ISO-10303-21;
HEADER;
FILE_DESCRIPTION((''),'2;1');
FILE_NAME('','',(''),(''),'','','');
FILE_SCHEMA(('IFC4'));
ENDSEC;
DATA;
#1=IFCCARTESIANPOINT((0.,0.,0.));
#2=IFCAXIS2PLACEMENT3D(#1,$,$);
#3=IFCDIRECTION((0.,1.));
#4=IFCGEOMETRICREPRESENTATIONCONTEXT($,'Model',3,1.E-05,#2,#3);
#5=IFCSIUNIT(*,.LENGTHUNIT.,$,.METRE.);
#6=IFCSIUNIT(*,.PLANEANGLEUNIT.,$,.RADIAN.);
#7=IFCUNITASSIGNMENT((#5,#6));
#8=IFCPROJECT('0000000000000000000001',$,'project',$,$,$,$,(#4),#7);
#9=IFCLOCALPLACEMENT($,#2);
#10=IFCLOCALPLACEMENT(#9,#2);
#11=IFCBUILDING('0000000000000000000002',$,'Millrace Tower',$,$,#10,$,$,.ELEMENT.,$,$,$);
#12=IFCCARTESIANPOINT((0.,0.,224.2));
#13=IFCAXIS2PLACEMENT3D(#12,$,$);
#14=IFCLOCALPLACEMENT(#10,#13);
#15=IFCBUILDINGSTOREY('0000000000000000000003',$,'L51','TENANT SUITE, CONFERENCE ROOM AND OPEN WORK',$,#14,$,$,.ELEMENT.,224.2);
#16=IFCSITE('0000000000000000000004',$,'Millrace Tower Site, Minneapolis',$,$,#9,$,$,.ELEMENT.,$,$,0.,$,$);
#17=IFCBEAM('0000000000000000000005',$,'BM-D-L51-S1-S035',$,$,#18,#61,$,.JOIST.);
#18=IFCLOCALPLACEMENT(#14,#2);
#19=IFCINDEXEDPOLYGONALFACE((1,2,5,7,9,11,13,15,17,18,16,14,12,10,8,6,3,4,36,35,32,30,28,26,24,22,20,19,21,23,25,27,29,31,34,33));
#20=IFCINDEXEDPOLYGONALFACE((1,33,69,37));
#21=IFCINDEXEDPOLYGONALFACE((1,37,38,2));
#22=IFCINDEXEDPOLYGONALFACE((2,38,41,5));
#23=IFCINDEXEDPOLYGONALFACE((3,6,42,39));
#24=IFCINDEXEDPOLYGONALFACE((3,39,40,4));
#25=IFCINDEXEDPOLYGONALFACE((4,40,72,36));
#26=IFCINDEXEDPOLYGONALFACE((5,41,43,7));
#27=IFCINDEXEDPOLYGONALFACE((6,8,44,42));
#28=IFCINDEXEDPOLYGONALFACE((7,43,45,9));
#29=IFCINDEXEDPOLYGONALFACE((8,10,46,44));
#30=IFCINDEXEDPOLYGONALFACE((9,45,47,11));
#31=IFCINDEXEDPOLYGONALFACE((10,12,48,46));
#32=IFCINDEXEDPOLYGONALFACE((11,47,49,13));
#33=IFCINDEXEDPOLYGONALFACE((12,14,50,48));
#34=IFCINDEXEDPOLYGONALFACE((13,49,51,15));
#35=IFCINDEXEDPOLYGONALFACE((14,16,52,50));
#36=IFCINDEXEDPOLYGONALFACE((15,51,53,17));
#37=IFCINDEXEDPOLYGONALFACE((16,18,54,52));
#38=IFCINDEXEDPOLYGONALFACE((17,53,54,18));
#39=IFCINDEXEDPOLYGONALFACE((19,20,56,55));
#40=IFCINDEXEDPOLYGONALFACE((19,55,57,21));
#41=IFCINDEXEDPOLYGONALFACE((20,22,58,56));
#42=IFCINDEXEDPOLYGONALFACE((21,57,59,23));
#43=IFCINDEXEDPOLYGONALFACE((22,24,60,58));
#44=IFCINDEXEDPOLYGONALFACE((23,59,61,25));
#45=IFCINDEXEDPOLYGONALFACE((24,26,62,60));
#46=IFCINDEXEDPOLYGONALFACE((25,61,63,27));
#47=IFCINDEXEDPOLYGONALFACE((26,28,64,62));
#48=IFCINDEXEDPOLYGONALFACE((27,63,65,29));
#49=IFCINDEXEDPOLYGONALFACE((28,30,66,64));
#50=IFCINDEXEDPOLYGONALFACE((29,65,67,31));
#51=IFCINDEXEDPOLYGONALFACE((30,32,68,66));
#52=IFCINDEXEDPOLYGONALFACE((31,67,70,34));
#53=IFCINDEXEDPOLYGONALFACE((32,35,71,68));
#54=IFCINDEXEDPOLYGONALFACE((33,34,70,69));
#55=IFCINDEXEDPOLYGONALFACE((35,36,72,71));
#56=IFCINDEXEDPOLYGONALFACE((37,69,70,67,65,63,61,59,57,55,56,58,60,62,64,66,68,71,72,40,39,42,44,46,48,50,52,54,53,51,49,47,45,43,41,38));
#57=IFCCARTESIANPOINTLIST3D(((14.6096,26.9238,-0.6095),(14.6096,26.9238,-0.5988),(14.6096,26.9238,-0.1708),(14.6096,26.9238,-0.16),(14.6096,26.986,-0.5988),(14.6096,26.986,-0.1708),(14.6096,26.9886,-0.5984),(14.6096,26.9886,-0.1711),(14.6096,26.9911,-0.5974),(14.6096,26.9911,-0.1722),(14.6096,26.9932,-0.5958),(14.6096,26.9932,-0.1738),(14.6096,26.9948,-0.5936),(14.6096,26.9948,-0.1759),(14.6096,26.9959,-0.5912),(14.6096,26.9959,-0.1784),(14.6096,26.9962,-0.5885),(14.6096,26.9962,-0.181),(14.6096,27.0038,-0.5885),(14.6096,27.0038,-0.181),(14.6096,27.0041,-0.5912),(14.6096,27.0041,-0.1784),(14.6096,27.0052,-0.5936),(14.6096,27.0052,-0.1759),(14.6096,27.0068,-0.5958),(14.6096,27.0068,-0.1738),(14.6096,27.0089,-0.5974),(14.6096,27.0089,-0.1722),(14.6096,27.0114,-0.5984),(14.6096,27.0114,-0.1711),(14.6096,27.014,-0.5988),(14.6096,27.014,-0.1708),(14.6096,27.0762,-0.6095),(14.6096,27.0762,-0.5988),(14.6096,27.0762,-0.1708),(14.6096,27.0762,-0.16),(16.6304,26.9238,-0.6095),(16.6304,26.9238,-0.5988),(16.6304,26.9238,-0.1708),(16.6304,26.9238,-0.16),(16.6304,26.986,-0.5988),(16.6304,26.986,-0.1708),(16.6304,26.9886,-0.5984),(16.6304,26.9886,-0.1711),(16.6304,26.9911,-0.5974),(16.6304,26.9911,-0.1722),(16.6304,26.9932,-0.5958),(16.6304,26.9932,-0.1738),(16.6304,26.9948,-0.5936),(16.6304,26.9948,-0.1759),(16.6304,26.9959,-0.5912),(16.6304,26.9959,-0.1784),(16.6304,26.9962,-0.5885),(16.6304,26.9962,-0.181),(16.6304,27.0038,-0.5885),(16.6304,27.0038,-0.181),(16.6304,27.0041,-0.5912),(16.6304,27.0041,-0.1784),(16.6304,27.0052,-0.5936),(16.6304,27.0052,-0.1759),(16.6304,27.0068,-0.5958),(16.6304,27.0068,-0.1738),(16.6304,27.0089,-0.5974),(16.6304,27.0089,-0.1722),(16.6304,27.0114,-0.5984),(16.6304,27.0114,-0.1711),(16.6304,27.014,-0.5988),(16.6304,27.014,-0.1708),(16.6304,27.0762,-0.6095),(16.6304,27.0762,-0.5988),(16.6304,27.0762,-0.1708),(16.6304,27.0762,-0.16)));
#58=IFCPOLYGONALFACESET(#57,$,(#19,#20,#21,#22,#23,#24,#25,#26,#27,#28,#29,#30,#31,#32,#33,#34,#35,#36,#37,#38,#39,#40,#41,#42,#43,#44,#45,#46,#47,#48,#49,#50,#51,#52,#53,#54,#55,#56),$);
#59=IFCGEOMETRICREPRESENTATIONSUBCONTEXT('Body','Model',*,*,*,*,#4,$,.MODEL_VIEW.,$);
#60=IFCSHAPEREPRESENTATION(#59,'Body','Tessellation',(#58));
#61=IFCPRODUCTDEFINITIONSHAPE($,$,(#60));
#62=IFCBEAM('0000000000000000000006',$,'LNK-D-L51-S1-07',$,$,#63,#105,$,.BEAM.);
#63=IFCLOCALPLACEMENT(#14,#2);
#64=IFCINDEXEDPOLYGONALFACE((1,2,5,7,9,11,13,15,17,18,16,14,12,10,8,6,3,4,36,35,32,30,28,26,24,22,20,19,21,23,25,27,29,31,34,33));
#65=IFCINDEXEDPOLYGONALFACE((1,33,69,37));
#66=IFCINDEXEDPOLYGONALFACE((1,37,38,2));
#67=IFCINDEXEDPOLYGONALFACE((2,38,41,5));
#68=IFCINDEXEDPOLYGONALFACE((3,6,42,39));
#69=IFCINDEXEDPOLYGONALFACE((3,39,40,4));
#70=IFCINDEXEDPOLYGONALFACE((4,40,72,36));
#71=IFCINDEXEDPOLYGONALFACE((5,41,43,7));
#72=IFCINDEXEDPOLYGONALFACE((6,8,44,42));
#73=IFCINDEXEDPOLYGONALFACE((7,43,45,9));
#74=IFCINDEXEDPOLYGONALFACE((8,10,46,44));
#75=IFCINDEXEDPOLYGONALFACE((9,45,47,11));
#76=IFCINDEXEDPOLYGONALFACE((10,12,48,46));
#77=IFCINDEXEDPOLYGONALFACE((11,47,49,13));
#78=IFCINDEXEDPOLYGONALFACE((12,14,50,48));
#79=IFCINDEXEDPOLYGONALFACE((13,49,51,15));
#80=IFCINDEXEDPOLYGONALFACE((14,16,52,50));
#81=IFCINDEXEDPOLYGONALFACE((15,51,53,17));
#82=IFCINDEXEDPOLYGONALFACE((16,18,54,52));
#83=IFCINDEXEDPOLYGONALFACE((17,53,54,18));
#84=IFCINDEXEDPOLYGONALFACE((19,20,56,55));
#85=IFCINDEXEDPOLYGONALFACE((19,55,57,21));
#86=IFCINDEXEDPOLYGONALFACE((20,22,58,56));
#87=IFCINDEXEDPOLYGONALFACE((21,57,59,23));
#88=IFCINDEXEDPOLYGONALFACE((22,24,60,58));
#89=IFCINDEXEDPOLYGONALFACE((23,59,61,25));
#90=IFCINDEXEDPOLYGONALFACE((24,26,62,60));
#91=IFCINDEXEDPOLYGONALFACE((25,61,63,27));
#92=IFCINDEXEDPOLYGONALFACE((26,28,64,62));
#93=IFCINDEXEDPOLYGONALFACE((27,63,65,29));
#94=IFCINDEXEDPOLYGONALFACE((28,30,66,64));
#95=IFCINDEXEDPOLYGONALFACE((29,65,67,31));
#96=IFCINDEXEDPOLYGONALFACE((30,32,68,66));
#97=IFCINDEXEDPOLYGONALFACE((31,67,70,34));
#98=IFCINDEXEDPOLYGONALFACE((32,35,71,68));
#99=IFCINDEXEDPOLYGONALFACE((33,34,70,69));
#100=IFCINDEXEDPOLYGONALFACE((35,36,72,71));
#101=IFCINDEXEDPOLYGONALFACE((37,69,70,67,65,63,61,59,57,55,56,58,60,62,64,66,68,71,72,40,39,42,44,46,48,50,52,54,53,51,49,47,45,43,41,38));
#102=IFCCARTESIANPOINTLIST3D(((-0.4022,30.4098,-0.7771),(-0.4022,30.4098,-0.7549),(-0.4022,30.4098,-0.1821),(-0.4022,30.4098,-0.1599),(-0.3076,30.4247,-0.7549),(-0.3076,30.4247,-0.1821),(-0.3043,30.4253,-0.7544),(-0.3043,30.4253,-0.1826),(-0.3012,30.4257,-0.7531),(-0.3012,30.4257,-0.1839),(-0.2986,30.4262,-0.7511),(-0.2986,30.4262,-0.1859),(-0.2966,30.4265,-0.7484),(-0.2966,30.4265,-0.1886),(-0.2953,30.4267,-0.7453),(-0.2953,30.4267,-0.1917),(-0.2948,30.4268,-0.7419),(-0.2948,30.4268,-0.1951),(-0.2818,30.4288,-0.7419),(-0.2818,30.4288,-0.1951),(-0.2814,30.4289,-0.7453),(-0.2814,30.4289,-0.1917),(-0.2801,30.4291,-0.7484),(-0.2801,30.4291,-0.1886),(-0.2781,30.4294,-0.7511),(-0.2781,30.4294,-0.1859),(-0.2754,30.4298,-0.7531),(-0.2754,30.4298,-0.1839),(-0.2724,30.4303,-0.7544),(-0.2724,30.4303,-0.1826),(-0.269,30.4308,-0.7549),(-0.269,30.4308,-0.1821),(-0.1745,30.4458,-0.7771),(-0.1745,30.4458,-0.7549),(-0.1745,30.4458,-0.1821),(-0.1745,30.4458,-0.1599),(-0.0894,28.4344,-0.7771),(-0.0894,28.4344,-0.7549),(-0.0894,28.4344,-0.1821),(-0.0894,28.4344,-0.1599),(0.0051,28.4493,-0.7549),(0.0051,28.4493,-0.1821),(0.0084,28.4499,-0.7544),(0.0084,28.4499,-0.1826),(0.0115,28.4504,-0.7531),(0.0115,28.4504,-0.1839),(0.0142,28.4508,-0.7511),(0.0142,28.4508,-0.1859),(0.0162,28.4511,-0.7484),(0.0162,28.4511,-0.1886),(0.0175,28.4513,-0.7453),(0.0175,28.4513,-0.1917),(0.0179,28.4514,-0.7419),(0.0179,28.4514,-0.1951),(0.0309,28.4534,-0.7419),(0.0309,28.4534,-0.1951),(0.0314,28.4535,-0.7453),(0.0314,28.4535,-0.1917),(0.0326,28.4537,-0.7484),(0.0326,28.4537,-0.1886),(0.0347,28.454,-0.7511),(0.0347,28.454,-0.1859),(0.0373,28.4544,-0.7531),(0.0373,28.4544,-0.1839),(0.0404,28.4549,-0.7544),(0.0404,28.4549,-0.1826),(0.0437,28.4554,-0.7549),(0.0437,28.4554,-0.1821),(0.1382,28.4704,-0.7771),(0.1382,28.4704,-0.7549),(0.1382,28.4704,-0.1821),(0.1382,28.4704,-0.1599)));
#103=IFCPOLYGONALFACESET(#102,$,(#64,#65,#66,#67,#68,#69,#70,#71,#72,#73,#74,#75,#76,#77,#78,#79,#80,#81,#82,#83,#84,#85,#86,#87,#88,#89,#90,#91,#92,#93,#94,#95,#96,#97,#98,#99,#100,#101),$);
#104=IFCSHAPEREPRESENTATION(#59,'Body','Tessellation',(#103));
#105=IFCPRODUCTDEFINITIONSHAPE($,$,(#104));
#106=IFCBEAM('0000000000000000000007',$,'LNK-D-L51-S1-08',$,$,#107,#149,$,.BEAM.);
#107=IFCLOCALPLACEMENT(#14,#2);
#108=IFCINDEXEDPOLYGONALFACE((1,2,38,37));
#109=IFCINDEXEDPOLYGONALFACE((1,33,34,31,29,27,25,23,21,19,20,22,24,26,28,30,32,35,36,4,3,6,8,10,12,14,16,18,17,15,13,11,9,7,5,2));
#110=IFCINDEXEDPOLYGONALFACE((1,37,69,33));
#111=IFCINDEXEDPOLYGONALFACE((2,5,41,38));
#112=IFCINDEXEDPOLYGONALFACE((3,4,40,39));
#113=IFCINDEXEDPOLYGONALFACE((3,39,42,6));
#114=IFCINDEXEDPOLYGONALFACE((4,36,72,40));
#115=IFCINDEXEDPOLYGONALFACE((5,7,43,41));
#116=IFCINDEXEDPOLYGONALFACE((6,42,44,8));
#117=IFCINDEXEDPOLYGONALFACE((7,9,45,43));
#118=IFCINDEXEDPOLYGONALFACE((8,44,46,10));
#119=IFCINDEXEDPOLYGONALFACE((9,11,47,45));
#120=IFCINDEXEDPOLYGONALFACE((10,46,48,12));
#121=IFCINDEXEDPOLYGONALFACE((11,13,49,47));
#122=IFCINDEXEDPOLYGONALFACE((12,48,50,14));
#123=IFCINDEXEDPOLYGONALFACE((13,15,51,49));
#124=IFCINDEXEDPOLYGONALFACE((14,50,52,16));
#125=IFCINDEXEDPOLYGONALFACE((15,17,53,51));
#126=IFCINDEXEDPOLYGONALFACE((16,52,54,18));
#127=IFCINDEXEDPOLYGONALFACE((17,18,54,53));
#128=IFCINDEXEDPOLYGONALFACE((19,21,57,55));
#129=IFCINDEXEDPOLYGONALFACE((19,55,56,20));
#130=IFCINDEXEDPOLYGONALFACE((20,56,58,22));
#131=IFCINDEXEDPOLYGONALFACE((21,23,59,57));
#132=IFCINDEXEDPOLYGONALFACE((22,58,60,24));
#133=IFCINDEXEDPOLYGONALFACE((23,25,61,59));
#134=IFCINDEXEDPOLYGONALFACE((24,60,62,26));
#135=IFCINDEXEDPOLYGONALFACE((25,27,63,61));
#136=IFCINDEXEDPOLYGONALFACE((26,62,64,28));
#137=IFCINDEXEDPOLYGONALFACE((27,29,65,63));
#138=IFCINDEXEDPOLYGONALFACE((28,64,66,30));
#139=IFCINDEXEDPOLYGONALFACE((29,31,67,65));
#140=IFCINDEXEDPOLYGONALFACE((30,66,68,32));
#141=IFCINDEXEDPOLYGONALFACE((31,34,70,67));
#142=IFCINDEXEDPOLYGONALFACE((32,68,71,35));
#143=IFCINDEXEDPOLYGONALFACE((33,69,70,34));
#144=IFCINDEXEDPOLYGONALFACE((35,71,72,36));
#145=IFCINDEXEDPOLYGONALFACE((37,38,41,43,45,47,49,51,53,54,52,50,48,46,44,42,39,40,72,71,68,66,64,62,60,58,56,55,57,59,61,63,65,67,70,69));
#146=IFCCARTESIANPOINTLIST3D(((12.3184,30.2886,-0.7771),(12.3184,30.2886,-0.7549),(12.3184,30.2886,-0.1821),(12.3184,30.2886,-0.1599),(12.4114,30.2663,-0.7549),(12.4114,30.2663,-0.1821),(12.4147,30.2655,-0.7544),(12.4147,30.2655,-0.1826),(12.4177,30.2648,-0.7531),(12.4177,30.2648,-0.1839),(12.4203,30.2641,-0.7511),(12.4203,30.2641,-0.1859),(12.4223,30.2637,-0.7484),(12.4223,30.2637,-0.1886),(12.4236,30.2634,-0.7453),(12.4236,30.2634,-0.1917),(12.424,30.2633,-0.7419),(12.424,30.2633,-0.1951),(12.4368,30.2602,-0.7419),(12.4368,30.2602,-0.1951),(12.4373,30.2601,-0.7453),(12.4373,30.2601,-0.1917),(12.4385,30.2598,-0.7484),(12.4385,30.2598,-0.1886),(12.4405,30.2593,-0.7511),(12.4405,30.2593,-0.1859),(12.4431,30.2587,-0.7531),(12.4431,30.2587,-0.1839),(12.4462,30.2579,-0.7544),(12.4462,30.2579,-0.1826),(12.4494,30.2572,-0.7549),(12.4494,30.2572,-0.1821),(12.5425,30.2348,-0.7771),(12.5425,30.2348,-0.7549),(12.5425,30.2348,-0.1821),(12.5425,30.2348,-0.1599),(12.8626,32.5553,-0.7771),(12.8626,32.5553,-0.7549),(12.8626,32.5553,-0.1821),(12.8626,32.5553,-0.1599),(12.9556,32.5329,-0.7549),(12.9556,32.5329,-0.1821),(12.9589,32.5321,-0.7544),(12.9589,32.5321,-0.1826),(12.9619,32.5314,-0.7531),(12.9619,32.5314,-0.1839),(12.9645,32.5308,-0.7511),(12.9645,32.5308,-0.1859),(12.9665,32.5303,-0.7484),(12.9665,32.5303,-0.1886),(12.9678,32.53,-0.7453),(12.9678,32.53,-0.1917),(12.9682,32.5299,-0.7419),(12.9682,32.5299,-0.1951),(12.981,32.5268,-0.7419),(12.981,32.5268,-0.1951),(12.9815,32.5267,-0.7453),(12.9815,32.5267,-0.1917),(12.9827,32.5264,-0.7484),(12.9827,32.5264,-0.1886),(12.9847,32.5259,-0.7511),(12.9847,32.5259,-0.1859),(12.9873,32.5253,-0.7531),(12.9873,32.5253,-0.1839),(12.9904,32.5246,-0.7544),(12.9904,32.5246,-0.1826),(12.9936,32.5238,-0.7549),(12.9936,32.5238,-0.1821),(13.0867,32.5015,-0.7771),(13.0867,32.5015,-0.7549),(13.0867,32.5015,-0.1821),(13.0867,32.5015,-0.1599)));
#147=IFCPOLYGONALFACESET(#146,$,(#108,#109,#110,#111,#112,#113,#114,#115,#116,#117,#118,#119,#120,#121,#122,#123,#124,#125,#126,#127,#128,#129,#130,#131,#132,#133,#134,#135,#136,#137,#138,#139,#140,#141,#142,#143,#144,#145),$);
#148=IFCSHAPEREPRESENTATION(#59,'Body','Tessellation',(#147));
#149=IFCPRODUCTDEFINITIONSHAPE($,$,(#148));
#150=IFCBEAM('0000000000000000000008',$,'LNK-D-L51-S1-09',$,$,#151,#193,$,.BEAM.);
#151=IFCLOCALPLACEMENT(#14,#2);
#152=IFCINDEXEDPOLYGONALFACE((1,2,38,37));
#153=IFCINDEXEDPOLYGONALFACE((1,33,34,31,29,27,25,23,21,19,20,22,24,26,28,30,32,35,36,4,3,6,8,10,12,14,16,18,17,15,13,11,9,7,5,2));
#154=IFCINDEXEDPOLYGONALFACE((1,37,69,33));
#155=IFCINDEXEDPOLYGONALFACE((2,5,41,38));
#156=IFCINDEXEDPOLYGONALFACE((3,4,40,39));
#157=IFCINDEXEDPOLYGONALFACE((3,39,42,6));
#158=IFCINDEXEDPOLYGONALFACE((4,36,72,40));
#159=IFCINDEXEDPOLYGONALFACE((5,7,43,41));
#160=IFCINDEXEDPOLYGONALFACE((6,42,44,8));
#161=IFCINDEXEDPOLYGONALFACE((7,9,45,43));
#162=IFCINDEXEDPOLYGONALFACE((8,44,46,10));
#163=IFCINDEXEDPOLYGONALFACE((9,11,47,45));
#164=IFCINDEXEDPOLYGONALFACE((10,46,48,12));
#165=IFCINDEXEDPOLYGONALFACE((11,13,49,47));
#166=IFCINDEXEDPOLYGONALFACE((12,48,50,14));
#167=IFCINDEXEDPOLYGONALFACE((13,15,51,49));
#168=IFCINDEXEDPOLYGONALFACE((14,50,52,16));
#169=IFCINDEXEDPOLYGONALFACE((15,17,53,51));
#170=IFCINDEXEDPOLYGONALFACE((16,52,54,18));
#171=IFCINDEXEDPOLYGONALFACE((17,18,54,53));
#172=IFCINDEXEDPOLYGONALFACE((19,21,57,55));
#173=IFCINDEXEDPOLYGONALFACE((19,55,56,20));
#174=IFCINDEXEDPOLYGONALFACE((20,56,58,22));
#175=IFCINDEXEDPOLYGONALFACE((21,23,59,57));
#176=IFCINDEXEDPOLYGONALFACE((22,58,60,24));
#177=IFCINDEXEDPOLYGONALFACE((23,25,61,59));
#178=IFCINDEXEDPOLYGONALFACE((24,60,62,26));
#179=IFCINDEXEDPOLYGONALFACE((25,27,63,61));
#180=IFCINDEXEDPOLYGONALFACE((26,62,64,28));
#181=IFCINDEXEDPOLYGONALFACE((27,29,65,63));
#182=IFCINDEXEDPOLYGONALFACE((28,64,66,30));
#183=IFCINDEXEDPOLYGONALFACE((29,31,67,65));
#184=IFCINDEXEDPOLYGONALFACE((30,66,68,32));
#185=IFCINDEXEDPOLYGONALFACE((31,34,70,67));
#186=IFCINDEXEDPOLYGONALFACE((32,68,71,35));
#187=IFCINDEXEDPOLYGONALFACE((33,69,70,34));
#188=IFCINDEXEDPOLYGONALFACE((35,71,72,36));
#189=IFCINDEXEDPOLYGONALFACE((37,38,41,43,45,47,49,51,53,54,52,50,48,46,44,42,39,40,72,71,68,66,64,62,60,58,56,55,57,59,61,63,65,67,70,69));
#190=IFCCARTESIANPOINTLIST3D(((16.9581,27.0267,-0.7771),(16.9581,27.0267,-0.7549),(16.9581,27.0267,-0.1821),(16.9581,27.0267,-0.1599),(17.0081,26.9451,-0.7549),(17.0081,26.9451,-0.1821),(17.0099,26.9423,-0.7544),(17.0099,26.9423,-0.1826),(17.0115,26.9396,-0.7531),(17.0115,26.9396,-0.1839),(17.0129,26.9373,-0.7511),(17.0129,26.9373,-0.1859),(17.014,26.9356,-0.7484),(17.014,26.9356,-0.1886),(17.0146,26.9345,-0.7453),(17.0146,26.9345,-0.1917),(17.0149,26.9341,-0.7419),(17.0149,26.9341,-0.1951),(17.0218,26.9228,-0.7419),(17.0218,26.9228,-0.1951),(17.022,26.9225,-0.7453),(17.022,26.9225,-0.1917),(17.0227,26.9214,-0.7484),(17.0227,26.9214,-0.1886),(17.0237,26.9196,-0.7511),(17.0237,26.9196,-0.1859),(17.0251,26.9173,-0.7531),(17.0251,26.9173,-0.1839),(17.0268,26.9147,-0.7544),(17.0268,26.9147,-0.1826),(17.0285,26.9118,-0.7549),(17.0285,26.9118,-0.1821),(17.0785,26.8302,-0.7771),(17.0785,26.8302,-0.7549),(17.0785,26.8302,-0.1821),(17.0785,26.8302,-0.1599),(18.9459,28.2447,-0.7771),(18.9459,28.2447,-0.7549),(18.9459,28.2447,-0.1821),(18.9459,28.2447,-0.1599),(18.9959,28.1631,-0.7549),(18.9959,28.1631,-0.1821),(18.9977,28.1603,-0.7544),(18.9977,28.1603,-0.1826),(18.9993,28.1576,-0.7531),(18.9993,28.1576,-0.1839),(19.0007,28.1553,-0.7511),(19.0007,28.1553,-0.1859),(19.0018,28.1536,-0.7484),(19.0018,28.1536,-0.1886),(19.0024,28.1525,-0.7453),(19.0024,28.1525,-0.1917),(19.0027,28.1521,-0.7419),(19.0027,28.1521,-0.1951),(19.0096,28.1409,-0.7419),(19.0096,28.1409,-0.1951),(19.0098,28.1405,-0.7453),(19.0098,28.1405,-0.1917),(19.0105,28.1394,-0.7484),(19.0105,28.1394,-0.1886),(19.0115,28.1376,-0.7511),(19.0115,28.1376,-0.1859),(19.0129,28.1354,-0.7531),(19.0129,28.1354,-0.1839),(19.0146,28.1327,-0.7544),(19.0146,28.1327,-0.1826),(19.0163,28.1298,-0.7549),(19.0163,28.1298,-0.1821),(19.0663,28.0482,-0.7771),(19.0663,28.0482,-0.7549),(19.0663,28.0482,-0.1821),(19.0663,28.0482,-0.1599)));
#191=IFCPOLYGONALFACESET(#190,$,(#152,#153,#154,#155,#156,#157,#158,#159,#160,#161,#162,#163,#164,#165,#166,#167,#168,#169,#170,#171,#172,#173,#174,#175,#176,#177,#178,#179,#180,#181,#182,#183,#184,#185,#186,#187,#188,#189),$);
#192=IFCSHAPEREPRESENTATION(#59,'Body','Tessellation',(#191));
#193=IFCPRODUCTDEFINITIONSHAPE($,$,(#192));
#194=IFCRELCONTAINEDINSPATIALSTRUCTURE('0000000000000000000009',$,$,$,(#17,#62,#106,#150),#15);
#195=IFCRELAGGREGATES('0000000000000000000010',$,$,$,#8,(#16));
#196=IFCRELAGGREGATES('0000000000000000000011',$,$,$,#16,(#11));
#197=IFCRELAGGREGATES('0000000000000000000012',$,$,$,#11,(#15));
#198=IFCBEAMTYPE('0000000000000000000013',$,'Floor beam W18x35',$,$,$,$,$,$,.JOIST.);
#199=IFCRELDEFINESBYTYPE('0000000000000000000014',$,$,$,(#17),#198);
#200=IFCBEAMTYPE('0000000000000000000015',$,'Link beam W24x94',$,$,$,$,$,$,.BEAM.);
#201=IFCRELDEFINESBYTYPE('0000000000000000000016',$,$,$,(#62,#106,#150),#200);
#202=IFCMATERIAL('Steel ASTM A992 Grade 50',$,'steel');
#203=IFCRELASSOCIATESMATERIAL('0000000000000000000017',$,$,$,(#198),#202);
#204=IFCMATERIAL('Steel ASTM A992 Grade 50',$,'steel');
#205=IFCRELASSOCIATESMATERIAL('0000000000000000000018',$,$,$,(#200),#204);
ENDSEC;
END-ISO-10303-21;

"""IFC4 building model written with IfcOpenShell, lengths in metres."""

from ifc_helpers import new_model, si_unit, direction, frame, origin, origin_2d, place, context, subcontext, project, spatial, i_section, extrude, material, material_profile, profile_set, type_object, element, save


model = new_model("IFC4")

# Units and contexts
model_context = context("Model", 3, precision=1e-05, world=origin(), true_north=direction((0.0, 1.0)))
body_context = subcontext(model_context, "Body", "Model", "MODEL_VIEW")
ifc_project = project(units=[si_unit("LENGTHUNIT", "METRE"), si_unit("PLANEANGLEUNIT", "RADIAN")], contexts=[model_context])

# Site, building, storey
site_placement = place(None, origin())
site = spatial("IfcSite", under=ifc_project, at=site_placement, Name="Millrace Tower Site, Minneapolis", CompositionType="ELEMENT", RefElevation=0.0)
building_placement = place(site_placement, origin())
building = spatial("IfcBuilding", under=site, at=building_placement, Name="Millrace Tower", CompositionType="ELEMENT")
storey_placement = place(building_placement, frame((0.0, 0.0, 224.2)))
storey = spatial("IfcBuildingStorey", under=building, at=storey_placement, Name="L51", Description="TENANT SUITE, CONFERENCE ROOM AND OPEN WORK", CompositionType="ELEMENT", Elevation=224.2)

# Beams
ifc_material_1 = material(Name="Steel ASTM A992 Grade 50", Category="steel")
ifc_material_profile_1 = material_profile(ifc_material_1, i_section(OverallWidth=0.1523, OverallDepth=0.4495, WebThickness=0.0076, FlangeThickness=0.0107, FilletRadius=0.0103, at=origin_2d()))
ifc_profile_set_1 = profile_set([ifc_material_profile_1], Name="Steel ASTM A992 Grade 50")
beam_type_1 = type_object("IfcBeamType", Name="Floor beam W18x35", PredefinedType="JOIST", material=ifc_profile_set_1)
beam_1_placement = place(storey_placement, frame((14.6096, 27.0, -0.3848), z_axis=(1.0, 0.0, 0.0), x_axis=(0.0, 1.0, 0.0)))
element("IfcBeam", 1, at=beam_1_placement, inside=storey, type_object=beam_type_1, Name="BM-D-L51-S1-S035", PredefinedType="JOIST", context=body_context, shape_type="SweptSolid", body=[
    extrude(i_section(OverallWidth=0.1523, OverallDepth=0.4495, WebThickness=0.0076, FlangeThickness=0.0107, FilletRadius=0.0103, at=origin_2d()), origin(), (0.0, 0.0, 1.0), 2.0208),
])
ifc_material_2 = material(Name="Steel ASTM A992 Grade 50", Category="steel")
ifc_material_profile_2 = material_profile(ifc_material_2, i_section(OverallWidth=0.2305, OverallDepth=0.6172, WebThickness=0.0132, FlangeThickness=0.0222, FilletRadius=0.0129, at=origin_2d()))
ifc_profile_set_2 = profile_set([ifc_material_profile_2], Name="Steel ASTM A992 Grade 50")
beam_type_2 = type_object("IfcBeamType", Name="Link beam W24x94", PredefinedType="BEAM", material=ifc_profile_set_2)
beam_2_placement = place(storey_placement, frame((0.0244, 28.4524, -0.4685), z_axis=(-0.156376, 0.987698, 0.0), x_axis=(-0.987698, -0.156376, 0.0)))
element("IfcBeam", 2, at=beam_2_placement, inside=storey, type_object=beam_type_2, Name="LNK-D-L51-S1-07", PredefinedType="BEAM", context=body_context, shape_type="SweptSolid", body=[
    extrude(i_section(OverallWidth=0.2305, OverallDepth=0.6172, WebThickness=0.0132, FlangeThickness=0.0222, FilletRadius=0.0129, at=origin_2d()), origin(), (0.0, 0.0, 1.0), 2.0),
])
beam_3_placement = place(storey_placement, frame((12.4304, 30.2617, -0.4685), z_axis=(0.233456, 0.972367, 0.0), x_axis=(-0.972367, 0.233456, 0.0)))
element("IfcBeam", 3, at=beam_3_placement, inside=storey, type_object=beam_type_2, Name="LNK-D-L51-S1-08", PredefinedType="BEAM", context=body_context, shape_type="SweptSolid", body=[
    extrude(i_section(OverallWidth=0.2305, OverallDepth=0.6172, WebThickness=0.0132, FlangeThickness=0.0222, FilletRadius=0.0129, at=origin_2d()), origin(), (0.0, 0.0, 1.0), 2.3311),
])
beam_4_placement = place(storey_placement, frame((17.0183, 26.9285, -0.4685), z_axis=(0.85266, 0.522466, 0.0), x_axis=(-0.522466, 0.85266, 0.0)))
element("IfcBeam", 4, at=beam_4_placement, inside=storey, type_object=beam_type_2, Name="LNK-D-L51-S1-09", PredefinedType="BEAM", context=body_context, shape_type="SweptSolid", body=[
    extrude(i_section(OverallWidth=0.2305, OverallDepth=0.6172, WebThickness=0.0132, FlangeThickness=0.0222, FilletRadius=0.0129, at=origin_2d()), origin(), (0.0, 0.0, 1.0), 2.3313),
])

save(model, "model.ifc")
